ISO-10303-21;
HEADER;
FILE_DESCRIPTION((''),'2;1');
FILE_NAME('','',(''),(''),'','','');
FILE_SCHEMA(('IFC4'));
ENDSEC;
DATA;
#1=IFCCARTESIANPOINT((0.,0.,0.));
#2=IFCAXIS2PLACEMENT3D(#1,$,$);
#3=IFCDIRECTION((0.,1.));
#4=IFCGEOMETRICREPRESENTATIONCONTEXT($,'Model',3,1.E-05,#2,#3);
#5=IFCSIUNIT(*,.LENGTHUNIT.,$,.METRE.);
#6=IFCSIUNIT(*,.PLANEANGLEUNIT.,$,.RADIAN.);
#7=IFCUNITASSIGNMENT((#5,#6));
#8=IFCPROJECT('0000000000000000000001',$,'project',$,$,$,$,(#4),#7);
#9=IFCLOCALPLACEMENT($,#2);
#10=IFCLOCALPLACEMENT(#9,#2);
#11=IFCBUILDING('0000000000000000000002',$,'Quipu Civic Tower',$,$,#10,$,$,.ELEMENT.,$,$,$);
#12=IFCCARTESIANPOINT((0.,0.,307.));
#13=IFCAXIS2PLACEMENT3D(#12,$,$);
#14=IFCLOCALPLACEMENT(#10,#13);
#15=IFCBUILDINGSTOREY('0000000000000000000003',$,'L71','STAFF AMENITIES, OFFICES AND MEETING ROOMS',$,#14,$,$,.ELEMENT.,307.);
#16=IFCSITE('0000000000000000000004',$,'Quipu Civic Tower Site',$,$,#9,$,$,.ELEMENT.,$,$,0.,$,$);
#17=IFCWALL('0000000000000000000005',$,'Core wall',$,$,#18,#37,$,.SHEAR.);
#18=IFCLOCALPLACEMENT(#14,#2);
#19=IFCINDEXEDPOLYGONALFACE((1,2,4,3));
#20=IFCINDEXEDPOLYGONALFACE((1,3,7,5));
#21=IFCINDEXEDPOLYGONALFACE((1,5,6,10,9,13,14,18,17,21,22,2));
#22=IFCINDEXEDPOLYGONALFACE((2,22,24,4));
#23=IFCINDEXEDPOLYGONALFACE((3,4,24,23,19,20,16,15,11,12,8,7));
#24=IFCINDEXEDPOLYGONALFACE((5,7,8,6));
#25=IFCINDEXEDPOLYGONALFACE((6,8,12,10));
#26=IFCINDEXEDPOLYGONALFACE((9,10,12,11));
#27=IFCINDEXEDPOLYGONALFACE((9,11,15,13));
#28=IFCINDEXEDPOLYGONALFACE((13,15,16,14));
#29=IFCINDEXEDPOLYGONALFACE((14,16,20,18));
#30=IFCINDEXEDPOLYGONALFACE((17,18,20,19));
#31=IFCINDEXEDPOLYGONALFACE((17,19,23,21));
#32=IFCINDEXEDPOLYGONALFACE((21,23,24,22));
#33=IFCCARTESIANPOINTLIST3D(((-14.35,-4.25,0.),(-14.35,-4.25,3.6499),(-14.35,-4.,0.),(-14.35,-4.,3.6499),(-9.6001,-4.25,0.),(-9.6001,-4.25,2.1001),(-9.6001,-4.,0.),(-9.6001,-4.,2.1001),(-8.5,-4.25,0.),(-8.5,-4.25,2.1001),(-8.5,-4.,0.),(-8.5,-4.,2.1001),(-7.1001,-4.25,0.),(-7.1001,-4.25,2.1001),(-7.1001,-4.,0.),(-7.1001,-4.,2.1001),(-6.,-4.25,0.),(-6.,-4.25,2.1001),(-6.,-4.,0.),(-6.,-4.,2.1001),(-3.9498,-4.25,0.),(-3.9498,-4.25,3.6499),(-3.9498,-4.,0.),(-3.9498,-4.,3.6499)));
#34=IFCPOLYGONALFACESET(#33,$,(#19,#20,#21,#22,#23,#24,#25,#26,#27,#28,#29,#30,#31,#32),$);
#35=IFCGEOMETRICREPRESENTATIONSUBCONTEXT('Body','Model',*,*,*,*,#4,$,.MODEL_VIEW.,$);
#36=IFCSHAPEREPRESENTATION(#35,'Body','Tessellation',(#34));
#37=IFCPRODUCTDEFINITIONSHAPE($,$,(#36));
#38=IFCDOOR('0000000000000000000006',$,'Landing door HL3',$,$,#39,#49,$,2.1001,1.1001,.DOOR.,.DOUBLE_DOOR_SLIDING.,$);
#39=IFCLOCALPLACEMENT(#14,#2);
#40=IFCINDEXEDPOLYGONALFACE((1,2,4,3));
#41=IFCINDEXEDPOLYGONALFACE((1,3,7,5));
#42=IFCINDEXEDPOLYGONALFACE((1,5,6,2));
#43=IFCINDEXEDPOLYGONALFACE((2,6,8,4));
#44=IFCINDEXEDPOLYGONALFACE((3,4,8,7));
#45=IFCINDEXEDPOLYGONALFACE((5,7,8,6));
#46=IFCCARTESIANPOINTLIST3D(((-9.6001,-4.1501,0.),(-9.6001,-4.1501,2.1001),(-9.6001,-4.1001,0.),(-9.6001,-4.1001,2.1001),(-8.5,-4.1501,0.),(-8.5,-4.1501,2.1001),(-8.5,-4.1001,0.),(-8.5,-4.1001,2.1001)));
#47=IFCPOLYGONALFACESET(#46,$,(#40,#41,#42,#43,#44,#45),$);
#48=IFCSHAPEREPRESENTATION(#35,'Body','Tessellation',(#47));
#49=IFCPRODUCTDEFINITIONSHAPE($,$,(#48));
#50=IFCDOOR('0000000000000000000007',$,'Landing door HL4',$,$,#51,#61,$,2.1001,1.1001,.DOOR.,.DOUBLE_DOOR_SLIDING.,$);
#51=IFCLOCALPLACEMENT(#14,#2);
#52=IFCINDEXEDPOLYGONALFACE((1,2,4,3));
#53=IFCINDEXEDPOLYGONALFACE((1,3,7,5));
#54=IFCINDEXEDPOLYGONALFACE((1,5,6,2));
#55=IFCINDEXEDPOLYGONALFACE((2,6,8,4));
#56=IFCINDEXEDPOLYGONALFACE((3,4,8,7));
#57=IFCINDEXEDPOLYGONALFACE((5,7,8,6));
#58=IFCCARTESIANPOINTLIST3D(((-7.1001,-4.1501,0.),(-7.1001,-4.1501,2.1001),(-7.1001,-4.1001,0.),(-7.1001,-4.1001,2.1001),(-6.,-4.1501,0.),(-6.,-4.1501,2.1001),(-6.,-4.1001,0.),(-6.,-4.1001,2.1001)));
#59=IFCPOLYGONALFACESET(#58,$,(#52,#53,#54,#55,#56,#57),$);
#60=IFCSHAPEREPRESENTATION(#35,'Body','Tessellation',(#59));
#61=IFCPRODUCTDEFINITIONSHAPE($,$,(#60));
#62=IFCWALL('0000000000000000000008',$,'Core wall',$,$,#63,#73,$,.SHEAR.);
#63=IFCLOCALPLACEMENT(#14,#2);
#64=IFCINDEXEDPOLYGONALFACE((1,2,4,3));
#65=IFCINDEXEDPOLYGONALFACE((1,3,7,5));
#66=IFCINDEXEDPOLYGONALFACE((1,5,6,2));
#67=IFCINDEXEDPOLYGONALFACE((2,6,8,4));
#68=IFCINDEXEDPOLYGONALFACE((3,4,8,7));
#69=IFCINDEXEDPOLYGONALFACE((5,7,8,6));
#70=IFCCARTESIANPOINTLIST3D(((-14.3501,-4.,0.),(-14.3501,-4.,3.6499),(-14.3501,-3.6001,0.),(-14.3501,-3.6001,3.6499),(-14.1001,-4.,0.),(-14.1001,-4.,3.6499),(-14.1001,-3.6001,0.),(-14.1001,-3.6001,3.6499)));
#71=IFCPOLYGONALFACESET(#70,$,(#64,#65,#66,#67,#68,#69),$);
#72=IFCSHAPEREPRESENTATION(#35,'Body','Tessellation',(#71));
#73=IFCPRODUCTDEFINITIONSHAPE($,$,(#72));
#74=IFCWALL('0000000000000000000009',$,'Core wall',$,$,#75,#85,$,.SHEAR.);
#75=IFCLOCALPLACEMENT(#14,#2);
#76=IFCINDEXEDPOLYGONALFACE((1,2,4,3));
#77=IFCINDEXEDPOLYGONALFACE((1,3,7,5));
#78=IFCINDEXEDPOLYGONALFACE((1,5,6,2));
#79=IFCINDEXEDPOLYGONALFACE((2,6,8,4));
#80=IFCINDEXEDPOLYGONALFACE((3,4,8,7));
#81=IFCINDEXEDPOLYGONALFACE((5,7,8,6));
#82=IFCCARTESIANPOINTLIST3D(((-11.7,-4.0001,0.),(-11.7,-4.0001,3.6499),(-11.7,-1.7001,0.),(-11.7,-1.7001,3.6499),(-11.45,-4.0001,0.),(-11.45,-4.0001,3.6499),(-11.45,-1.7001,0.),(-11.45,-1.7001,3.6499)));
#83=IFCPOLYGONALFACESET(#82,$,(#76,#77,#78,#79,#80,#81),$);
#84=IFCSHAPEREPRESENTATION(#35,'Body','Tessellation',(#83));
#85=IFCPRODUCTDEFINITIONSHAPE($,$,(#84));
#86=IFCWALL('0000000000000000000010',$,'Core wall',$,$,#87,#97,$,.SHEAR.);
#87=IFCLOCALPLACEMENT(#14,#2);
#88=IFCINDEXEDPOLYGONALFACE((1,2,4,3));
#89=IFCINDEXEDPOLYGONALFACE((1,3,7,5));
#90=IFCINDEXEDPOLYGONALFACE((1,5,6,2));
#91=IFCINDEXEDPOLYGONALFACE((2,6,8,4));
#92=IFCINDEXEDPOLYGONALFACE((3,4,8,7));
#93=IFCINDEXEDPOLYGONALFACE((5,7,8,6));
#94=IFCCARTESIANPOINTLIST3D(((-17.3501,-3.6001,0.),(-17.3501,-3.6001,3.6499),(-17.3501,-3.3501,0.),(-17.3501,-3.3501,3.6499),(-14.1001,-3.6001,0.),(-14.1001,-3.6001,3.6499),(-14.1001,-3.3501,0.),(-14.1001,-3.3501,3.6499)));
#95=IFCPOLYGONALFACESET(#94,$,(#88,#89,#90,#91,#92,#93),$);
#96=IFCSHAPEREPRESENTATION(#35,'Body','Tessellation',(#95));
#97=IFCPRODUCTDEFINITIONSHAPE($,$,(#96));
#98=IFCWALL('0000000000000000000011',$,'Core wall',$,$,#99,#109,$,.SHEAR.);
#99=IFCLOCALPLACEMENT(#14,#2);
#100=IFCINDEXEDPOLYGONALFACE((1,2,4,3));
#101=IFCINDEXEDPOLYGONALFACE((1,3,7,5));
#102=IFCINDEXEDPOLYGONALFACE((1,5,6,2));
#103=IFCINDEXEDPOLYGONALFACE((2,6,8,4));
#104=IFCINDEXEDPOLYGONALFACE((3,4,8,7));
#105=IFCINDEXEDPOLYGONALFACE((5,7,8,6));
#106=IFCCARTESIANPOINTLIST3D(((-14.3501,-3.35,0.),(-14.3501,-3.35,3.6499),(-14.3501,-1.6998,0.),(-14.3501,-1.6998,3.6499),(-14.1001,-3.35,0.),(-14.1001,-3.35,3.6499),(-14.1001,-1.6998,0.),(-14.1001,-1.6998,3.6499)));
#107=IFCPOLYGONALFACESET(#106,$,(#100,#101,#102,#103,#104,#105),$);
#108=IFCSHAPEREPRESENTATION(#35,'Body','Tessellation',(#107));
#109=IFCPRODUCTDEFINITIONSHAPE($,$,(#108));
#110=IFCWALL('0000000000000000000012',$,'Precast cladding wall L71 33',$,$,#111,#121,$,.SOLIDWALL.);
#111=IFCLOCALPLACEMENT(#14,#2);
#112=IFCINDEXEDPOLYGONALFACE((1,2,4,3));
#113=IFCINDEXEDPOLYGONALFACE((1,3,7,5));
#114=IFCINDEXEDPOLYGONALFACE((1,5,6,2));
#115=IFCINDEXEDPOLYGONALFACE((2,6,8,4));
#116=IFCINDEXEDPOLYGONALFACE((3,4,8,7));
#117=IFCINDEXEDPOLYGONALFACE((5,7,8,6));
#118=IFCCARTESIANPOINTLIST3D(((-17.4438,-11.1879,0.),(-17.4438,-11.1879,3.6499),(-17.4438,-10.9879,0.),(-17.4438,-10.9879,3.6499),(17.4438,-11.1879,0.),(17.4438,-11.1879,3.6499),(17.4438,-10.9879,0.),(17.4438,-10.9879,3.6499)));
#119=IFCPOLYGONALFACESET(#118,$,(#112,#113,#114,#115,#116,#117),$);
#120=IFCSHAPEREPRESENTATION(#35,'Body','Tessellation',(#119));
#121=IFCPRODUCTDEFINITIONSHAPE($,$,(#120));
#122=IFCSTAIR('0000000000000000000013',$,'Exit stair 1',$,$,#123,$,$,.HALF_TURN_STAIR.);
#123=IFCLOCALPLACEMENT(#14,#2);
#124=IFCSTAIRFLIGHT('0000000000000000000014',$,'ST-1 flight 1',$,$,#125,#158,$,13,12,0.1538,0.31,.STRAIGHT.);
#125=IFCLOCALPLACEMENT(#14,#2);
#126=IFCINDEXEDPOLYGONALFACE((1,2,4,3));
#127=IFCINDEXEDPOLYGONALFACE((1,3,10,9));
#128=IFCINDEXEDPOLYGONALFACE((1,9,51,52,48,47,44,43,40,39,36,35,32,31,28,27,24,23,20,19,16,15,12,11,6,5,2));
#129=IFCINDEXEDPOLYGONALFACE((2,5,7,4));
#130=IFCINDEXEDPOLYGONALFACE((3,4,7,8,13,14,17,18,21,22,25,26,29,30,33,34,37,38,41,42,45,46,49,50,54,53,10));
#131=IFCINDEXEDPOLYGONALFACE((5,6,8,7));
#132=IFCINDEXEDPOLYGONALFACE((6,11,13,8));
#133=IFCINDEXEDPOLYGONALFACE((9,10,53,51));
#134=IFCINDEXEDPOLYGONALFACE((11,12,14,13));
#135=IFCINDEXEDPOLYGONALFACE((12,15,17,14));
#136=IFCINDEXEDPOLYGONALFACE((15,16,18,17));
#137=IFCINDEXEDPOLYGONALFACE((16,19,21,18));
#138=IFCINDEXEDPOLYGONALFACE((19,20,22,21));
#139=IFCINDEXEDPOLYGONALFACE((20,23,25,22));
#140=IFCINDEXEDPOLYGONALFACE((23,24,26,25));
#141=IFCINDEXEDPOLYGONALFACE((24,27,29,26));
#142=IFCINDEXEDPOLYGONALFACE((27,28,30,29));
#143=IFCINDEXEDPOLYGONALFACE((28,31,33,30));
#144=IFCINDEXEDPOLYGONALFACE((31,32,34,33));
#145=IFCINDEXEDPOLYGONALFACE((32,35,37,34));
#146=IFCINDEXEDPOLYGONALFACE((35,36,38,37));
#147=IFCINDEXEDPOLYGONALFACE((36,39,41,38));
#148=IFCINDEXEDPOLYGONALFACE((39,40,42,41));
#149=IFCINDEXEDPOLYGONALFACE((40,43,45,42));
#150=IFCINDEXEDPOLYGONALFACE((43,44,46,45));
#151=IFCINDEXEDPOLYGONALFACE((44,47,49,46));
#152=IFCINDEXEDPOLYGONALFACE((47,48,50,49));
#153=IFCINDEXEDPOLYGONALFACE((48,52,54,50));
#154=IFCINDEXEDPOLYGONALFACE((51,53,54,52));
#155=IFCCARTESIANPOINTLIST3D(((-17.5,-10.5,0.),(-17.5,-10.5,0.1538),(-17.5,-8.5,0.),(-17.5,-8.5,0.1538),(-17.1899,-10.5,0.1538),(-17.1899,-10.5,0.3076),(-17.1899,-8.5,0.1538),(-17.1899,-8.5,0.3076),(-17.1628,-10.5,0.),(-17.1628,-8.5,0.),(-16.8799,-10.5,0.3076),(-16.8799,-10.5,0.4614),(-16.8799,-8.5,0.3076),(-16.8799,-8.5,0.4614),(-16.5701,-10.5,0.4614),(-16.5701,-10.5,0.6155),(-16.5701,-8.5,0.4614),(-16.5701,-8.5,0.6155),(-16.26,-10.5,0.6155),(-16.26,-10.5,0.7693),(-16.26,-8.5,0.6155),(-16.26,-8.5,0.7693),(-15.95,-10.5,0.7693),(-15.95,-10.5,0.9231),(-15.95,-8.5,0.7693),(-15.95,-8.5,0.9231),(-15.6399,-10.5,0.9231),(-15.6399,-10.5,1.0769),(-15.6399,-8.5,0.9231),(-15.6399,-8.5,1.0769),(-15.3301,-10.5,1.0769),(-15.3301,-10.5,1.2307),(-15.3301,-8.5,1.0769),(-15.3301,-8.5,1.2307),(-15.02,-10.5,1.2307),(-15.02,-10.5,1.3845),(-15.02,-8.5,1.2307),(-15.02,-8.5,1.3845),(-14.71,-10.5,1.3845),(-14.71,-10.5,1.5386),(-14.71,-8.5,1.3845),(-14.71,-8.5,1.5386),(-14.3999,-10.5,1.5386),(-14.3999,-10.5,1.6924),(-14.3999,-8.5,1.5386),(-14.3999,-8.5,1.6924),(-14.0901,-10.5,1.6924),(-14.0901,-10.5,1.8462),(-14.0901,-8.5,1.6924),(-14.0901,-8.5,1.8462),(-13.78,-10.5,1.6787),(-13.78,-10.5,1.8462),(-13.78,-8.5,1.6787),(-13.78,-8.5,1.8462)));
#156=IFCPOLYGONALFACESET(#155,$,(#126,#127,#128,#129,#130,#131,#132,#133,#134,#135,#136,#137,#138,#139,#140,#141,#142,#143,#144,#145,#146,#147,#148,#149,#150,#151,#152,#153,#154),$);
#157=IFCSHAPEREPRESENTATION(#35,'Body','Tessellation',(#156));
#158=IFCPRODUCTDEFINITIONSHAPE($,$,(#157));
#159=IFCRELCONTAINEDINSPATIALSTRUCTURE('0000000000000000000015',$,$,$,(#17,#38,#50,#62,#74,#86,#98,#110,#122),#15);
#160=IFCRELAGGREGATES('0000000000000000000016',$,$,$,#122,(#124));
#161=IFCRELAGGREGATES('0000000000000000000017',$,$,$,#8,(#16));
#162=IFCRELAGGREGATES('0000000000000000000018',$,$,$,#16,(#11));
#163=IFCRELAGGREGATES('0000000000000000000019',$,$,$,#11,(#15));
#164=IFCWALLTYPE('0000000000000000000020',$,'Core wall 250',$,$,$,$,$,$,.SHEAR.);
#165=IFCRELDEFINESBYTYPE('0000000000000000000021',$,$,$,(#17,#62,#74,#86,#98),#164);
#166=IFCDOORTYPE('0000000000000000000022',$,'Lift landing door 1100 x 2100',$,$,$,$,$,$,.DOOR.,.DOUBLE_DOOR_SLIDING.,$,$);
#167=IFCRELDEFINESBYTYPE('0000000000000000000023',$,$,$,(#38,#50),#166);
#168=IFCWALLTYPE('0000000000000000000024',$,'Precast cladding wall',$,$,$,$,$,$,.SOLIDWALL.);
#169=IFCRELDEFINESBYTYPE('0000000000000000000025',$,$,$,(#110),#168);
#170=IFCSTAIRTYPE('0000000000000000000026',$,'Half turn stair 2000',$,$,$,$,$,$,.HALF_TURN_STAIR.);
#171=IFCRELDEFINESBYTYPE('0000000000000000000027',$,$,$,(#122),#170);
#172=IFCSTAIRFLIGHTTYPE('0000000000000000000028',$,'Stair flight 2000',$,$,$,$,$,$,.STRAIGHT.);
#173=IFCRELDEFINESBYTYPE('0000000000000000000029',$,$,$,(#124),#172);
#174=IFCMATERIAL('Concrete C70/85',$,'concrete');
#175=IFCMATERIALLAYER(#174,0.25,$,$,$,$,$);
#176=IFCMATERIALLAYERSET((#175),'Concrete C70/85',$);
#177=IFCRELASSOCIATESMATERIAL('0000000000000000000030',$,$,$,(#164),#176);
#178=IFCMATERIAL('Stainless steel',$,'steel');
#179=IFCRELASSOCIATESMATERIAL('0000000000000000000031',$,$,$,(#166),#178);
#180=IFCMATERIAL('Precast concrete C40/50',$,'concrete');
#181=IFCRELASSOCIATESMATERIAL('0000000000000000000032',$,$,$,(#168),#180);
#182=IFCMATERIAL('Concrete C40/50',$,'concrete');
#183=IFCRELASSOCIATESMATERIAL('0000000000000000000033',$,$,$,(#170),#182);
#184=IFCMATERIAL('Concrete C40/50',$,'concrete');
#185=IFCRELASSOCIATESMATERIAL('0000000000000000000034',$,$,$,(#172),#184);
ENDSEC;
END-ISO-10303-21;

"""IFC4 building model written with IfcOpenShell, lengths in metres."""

from ifc_helpers import new_model, si_unit, direction, frame, frame_2d, origin, place, context, subcontext, project, spatial, polyline, rectangle, outline, extrude, material, layer, layer_set, type_object, element, fill, aggregate, save


model = new_model("IFC4")

# Units and contexts
model_context = context("Model", 3, precision=1e-05, world=origin(), true_north=direction((0.0, 1.0)))
body_context = subcontext(model_context, "Body", "Model", "MODEL_VIEW")
ifc_project = project(units=[si_unit("LENGTHUNIT", "METRE"), si_unit("PLANEANGLEUNIT", "RADIAN")], contexts=[model_context])

# Site, building, storey
site_placement = place(None, origin())
site = spatial("IfcSite", under=ifc_project, at=site_placement, Name="Quipu Civic Tower Site", CompositionType="ELEMENT", RefElevation=0.0)
building_placement = place(site_placement, origin())
building = spatial("IfcBuilding", under=site, at=building_placement, Name="Quipu Civic Tower", CompositionType="ELEMENT")
storey_placement = place(building_placement, frame((0.0, 0.0, 307.0)))
storey = spatial("IfcBuildingStorey", under=building, at=storey_placement, Name="L71", Description="STAFF AMENITIES, OFFICES AND MEETING ROOMS", CompositionType="ELEMENT", Elevation=307.0)

# Shared definitions
ifc_material_1 = material(Name="Concrete C70/85", Category="concrete")
ifc_layer = layer(ifc_material_1, 0.25)
ifc_layer_set = layer_set([ifc_layer], Name="Concrete C70/85")
wall_type_1 = type_object("IfcWallType", Name="Core wall 250", PredefinedType="SHEAR", material=ifc_layer_set)

# Wall, openings, doors
wall_1_placement = place(storey_placement, frame((-14.3501, -4.125, 0.0), z_axis=(0.0, 0.0, 1.0), x_axis=(1.0, 0.0, 0.0)))
wall_1 = element("IfcWall", 1, at=wall_1_placement, inside=storey, type_object=wall_type_1, Name="Core wall", PredefinedType="SHEAR", context=body_context, shape_type="SweptSolid", body=[
    extrude(rectangle(XDim=10.4001, YDim=0.25, at=frame_2d((5.2002, 0.0))), origin(), (0.0, 0.0, 1.0), 3.6499),
])
opening_1_placement = place(wall_1_placement, frame((4.75, 0.0, 0.0)))
opening_1 = element("IfcOpeningElement", 2, at=opening_1_placement, cuts=wall_1, PredefinedType="OPENING", context=body_context, shape_type="SweptSolid", body=[
    extrude(rectangle(XDim=1.1001, YDim=2.1001, at=frame_2d((0.55, 1.05))), frame((0.0, 0.135, 0.0), z_axis=(0.0, -1.0, 0.0), x_axis=(1.0, 0.0, 0.0)), (0.0, 0.0, 1.0), 0.27),
])
opening_2_placement = place(wall_1_placement, frame((7.25, 0.0, 0.0)))
opening_2 = element("IfcOpeningElement", 3, at=opening_2_placement, cuts=wall_1, PredefinedType="OPENING", context=body_context, shape_type="SweptSolid", body=[
    extrude(rectangle(XDim=1.1001, YDim=2.1001, at=frame_2d((0.55, 1.05))), frame((0.0, 0.135, 0.0), z_axis=(0.0, -1.0, 0.0), x_axis=(1.0, 0.0, 0.0)), (0.0, 0.0, 1.0), 0.27),
])
ifc_material_2 = material(Name="Stainless steel", Category="steel")
door_type_1 = type_object("IfcDoorType", Name="Lift landing door 1100 x 2100", OperationType="DOUBLE_DOOR_SLIDING", PredefinedType="DOOR", material=ifc_material_2)
door_1_placement = place(opening_1_placement, origin())
door_1 = element("IfcDoor", 4, at=door_1_placement, inside=storey, type_object=door_type_1, Name="Landing door HL3", OperationType="DOUBLE_DOOR_SLIDING", OverallHeight=2.1001, OverallWidth=1.1001, PredefinedType="DOOR", context=body_context, shape_type="SweptSolid", body=[
    extrude(rectangle(XDim=1.1001, YDim=2.1001, at=frame_2d((0.55, 1.05))), frame((0.0, 0.0249, 0.0), z_axis=(0.0, -1.0, 0.0), x_axis=(1.0, 0.0, 0.0)), (0.0, 0.0, 1.0), 0.05),
])
fill(opening_1, door_1)
door_2_placement = place(opening_2_placement, origin())
door_2 = element("IfcDoor", 5, at=door_2_placement, inside=storey, type_object=door_type_1, Name="Landing door HL4", OperationType="DOUBLE_DOOR_SLIDING", OverallHeight=2.1001, OverallWidth=1.1001, PredefinedType="DOOR", context=body_context, shape_type="SweptSolid", body=[
    extrude(rectangle(XDim=1.1001, YDim=2.1001, at=frame_2d((0.55, 1.05))), frame((0.0, 0.0249, 0.0), z_axis=(0.0, -1.0, 0.0), x_axis=(1.0, 0.0, 0.0)), (0.0, 0.0, 1.0), 0.05),
])
fill(opening_2, door_2)

# Walls
wall_2_placement = place(storey_placement, frame((-14.2251, -4.0, 0.0), z_axis=(0.0, 0.0, 1.0), x_axis=(0.0, 1.0, 0.0)))
element("IfcWall", 6, at=wall_2_placement, inside=storey, type_object=wall_type_1, Name="Core wall", PredefinedType="SHEAR", context=body_context, shape_type="SweptSolid", body=[
    extrude(rectangle(XDim=0.3999, YDim=0.25, at=frame_2d((0.2, 0.0))), origin(), (0.0, 0.0, 1.0), 3.6499),
])
wall_3_placement = place(storey_placement, frame((-11.575, -4.0, 0.0), z_axis=(0.0, 0.0, 1.0), x_axis=(0.0, 1.0, 0.0)))
element("IfcWall", 7, at=wall_3_placement, inside=storey, type_object=wall_type_1, Name="Core wall", PredefinedType="SHEAR", context=body_context, shape_type="SweptSolid", body=[
    extrude(rectangle(XDim=2.3, YDim=0.25, at=frame_2d((1.1499, 0.0))), origin(), (0.0, 0.0, 1.0), 3.6499),
])
wall_4_placement = place(storey_placement, frame((-17.3501, -3.4751, 0.0), z_axis=(0.0, 0.0, 1.0), x_axis=(1.0, 0.0, 0.0)))
element("IfcWall", 8, at=wall_4_placement, inside=storey, type_object=wall_type_1, Name="Core wall", PredefinedType="SHEAR", context=body_context, shape_type="SweptSolid", body=[
    extrude(rectangle(XDim=3.25, YDim=0.25, at=frame_2d((1.625, 0.0))), origin(), (0.0, 0.0, 1.0), 3.6499),
])
wall_5_placement = place(storey_placement, frame((-14.2251, -3.3501, 0.0), z_axis=(0.0, 0.0, 1.0), x_axis=(0.0, 1.0, 0.0)))
element("IfcWall", 9, at=wall_5_placement, inside=storey, type_object=wall_type_1, Name="Core wall", PredefinedType="SHEAR", context=body_context, shape_type="SweptSolid", body=[
    extrude(rectangle(XDim=1.6501, YDim=0.25, at=frame_2d((0.8252, 0.0))), origin(), (0.0, 0.0, 1.0), 3.6499),
])
ifc_material_3 = material(Name="Precast concrete C40/50", Category="concrete")
wall_type_2 = type_object("IfcWallType", Name="Precast cladding wall", PredefinedType="SOLIDWALL", material=ifc_material_3)
wall_6_placement = place(storey_placement, frame((-17.4438, -11.0879, 0.0), z_axis=(0.0, 0.0, 1.0), x_axis=(1.0, 0.0, 0.0)))
element("IfcWall", 10, at=wall_6_placement, inside=storey, type_object=wall_type_2, Name="Precast cladding wall L71 33", PredefinedType="SOLIDWALL", context=body_context, shape_type="SweptSolid", body=[
    extrude(rectangle(XDim=34.8877, YDim=0.2, at=frame_2d((17.4438, 0.0))), origin(), (0.0, 0.0, 1.0), 3.6499),
])

# Stair, stair flight
ifc_material_4 = material(Name="Concrete C40/50", Category="concrete")
stair_type = type_object("IfcStairType", Name="Half turn stair 2000", PredefinedType="HALF_TURN_STAIR", material=ifc_material_4)
stair_placement = place(storey_placement, origin())
stair = element("IfcStair", 11, at=stair_placement, inside=storey, type_object=stair_type, Name="Exit stair 1", PredefinedType="HALF_TURN_STAIR")
ifc_material_5 = material(Name="Concrete C40/50", Category="concrete")
stair_flight_type = type_object("IfcStairFlightType", Name="Stair flight 2000", PredefinedType="STRAIGHT", material=ifc_material_5)
stair_flight_1_placement = place(storey_placement, frame((-17.5, -9.5, 0.0), z_axis=(0.0, 0.0, 1.0), x_axis=(1.0, 0.0, 0.0)))
stair_flight_1 = element("IfcStairFlight", 12, at=stair_flight_1_placement, type_object=stair_flight_type, Name="ST-1 flight 1", NumberOfRisers=13, NumberOfTreads=12, PredefinedType="STRAIGHT", RiserHeight=0.1538, TreadLength=0.31, context=body_context, shape_type="SweptSolid", body=[
    extrude(outline(polyline([(0.0, 0.0), (0.0, 0.1538), (0.3101, 0.1538), (0.3101, 0.3076), (0.6201, 0.3076), (0.6201, 0.4614), (0.9299, 0.4614), (0.9299, 0.6155), (1.24, 0.6155), (1.24, 0.7693), (1.55, 0.7693), (1.55, 0.9231), (1.8601, 0.9231), (1.8601, 1.0769), (2.1699, 1.0769), (2.1699, 1.2307), (2.48, 1.2307), (2.48, 1.3845), (2.79, 1.3845), (2.79, 1.5386), (3.1001, 1.5386), (3.1001, 1.6924), (3.4099, 1.6924), (3.4099, 1.8462), (3.72, 1.8462), (3.72, 2.0), (3.72, 1.6787), (0.3372, 0.0), (0.0, 0.0)])), frame((0.0, 1.0, 0.0), z_axis=(0.0, -1.0, 0.0), x_axis=(1.0, 0.0, 0.0)), (0.0, 0.0, 1.0), 2.0),
])
aggregate(stair, [stair_flight_1])

save(model, "model.ifc")
